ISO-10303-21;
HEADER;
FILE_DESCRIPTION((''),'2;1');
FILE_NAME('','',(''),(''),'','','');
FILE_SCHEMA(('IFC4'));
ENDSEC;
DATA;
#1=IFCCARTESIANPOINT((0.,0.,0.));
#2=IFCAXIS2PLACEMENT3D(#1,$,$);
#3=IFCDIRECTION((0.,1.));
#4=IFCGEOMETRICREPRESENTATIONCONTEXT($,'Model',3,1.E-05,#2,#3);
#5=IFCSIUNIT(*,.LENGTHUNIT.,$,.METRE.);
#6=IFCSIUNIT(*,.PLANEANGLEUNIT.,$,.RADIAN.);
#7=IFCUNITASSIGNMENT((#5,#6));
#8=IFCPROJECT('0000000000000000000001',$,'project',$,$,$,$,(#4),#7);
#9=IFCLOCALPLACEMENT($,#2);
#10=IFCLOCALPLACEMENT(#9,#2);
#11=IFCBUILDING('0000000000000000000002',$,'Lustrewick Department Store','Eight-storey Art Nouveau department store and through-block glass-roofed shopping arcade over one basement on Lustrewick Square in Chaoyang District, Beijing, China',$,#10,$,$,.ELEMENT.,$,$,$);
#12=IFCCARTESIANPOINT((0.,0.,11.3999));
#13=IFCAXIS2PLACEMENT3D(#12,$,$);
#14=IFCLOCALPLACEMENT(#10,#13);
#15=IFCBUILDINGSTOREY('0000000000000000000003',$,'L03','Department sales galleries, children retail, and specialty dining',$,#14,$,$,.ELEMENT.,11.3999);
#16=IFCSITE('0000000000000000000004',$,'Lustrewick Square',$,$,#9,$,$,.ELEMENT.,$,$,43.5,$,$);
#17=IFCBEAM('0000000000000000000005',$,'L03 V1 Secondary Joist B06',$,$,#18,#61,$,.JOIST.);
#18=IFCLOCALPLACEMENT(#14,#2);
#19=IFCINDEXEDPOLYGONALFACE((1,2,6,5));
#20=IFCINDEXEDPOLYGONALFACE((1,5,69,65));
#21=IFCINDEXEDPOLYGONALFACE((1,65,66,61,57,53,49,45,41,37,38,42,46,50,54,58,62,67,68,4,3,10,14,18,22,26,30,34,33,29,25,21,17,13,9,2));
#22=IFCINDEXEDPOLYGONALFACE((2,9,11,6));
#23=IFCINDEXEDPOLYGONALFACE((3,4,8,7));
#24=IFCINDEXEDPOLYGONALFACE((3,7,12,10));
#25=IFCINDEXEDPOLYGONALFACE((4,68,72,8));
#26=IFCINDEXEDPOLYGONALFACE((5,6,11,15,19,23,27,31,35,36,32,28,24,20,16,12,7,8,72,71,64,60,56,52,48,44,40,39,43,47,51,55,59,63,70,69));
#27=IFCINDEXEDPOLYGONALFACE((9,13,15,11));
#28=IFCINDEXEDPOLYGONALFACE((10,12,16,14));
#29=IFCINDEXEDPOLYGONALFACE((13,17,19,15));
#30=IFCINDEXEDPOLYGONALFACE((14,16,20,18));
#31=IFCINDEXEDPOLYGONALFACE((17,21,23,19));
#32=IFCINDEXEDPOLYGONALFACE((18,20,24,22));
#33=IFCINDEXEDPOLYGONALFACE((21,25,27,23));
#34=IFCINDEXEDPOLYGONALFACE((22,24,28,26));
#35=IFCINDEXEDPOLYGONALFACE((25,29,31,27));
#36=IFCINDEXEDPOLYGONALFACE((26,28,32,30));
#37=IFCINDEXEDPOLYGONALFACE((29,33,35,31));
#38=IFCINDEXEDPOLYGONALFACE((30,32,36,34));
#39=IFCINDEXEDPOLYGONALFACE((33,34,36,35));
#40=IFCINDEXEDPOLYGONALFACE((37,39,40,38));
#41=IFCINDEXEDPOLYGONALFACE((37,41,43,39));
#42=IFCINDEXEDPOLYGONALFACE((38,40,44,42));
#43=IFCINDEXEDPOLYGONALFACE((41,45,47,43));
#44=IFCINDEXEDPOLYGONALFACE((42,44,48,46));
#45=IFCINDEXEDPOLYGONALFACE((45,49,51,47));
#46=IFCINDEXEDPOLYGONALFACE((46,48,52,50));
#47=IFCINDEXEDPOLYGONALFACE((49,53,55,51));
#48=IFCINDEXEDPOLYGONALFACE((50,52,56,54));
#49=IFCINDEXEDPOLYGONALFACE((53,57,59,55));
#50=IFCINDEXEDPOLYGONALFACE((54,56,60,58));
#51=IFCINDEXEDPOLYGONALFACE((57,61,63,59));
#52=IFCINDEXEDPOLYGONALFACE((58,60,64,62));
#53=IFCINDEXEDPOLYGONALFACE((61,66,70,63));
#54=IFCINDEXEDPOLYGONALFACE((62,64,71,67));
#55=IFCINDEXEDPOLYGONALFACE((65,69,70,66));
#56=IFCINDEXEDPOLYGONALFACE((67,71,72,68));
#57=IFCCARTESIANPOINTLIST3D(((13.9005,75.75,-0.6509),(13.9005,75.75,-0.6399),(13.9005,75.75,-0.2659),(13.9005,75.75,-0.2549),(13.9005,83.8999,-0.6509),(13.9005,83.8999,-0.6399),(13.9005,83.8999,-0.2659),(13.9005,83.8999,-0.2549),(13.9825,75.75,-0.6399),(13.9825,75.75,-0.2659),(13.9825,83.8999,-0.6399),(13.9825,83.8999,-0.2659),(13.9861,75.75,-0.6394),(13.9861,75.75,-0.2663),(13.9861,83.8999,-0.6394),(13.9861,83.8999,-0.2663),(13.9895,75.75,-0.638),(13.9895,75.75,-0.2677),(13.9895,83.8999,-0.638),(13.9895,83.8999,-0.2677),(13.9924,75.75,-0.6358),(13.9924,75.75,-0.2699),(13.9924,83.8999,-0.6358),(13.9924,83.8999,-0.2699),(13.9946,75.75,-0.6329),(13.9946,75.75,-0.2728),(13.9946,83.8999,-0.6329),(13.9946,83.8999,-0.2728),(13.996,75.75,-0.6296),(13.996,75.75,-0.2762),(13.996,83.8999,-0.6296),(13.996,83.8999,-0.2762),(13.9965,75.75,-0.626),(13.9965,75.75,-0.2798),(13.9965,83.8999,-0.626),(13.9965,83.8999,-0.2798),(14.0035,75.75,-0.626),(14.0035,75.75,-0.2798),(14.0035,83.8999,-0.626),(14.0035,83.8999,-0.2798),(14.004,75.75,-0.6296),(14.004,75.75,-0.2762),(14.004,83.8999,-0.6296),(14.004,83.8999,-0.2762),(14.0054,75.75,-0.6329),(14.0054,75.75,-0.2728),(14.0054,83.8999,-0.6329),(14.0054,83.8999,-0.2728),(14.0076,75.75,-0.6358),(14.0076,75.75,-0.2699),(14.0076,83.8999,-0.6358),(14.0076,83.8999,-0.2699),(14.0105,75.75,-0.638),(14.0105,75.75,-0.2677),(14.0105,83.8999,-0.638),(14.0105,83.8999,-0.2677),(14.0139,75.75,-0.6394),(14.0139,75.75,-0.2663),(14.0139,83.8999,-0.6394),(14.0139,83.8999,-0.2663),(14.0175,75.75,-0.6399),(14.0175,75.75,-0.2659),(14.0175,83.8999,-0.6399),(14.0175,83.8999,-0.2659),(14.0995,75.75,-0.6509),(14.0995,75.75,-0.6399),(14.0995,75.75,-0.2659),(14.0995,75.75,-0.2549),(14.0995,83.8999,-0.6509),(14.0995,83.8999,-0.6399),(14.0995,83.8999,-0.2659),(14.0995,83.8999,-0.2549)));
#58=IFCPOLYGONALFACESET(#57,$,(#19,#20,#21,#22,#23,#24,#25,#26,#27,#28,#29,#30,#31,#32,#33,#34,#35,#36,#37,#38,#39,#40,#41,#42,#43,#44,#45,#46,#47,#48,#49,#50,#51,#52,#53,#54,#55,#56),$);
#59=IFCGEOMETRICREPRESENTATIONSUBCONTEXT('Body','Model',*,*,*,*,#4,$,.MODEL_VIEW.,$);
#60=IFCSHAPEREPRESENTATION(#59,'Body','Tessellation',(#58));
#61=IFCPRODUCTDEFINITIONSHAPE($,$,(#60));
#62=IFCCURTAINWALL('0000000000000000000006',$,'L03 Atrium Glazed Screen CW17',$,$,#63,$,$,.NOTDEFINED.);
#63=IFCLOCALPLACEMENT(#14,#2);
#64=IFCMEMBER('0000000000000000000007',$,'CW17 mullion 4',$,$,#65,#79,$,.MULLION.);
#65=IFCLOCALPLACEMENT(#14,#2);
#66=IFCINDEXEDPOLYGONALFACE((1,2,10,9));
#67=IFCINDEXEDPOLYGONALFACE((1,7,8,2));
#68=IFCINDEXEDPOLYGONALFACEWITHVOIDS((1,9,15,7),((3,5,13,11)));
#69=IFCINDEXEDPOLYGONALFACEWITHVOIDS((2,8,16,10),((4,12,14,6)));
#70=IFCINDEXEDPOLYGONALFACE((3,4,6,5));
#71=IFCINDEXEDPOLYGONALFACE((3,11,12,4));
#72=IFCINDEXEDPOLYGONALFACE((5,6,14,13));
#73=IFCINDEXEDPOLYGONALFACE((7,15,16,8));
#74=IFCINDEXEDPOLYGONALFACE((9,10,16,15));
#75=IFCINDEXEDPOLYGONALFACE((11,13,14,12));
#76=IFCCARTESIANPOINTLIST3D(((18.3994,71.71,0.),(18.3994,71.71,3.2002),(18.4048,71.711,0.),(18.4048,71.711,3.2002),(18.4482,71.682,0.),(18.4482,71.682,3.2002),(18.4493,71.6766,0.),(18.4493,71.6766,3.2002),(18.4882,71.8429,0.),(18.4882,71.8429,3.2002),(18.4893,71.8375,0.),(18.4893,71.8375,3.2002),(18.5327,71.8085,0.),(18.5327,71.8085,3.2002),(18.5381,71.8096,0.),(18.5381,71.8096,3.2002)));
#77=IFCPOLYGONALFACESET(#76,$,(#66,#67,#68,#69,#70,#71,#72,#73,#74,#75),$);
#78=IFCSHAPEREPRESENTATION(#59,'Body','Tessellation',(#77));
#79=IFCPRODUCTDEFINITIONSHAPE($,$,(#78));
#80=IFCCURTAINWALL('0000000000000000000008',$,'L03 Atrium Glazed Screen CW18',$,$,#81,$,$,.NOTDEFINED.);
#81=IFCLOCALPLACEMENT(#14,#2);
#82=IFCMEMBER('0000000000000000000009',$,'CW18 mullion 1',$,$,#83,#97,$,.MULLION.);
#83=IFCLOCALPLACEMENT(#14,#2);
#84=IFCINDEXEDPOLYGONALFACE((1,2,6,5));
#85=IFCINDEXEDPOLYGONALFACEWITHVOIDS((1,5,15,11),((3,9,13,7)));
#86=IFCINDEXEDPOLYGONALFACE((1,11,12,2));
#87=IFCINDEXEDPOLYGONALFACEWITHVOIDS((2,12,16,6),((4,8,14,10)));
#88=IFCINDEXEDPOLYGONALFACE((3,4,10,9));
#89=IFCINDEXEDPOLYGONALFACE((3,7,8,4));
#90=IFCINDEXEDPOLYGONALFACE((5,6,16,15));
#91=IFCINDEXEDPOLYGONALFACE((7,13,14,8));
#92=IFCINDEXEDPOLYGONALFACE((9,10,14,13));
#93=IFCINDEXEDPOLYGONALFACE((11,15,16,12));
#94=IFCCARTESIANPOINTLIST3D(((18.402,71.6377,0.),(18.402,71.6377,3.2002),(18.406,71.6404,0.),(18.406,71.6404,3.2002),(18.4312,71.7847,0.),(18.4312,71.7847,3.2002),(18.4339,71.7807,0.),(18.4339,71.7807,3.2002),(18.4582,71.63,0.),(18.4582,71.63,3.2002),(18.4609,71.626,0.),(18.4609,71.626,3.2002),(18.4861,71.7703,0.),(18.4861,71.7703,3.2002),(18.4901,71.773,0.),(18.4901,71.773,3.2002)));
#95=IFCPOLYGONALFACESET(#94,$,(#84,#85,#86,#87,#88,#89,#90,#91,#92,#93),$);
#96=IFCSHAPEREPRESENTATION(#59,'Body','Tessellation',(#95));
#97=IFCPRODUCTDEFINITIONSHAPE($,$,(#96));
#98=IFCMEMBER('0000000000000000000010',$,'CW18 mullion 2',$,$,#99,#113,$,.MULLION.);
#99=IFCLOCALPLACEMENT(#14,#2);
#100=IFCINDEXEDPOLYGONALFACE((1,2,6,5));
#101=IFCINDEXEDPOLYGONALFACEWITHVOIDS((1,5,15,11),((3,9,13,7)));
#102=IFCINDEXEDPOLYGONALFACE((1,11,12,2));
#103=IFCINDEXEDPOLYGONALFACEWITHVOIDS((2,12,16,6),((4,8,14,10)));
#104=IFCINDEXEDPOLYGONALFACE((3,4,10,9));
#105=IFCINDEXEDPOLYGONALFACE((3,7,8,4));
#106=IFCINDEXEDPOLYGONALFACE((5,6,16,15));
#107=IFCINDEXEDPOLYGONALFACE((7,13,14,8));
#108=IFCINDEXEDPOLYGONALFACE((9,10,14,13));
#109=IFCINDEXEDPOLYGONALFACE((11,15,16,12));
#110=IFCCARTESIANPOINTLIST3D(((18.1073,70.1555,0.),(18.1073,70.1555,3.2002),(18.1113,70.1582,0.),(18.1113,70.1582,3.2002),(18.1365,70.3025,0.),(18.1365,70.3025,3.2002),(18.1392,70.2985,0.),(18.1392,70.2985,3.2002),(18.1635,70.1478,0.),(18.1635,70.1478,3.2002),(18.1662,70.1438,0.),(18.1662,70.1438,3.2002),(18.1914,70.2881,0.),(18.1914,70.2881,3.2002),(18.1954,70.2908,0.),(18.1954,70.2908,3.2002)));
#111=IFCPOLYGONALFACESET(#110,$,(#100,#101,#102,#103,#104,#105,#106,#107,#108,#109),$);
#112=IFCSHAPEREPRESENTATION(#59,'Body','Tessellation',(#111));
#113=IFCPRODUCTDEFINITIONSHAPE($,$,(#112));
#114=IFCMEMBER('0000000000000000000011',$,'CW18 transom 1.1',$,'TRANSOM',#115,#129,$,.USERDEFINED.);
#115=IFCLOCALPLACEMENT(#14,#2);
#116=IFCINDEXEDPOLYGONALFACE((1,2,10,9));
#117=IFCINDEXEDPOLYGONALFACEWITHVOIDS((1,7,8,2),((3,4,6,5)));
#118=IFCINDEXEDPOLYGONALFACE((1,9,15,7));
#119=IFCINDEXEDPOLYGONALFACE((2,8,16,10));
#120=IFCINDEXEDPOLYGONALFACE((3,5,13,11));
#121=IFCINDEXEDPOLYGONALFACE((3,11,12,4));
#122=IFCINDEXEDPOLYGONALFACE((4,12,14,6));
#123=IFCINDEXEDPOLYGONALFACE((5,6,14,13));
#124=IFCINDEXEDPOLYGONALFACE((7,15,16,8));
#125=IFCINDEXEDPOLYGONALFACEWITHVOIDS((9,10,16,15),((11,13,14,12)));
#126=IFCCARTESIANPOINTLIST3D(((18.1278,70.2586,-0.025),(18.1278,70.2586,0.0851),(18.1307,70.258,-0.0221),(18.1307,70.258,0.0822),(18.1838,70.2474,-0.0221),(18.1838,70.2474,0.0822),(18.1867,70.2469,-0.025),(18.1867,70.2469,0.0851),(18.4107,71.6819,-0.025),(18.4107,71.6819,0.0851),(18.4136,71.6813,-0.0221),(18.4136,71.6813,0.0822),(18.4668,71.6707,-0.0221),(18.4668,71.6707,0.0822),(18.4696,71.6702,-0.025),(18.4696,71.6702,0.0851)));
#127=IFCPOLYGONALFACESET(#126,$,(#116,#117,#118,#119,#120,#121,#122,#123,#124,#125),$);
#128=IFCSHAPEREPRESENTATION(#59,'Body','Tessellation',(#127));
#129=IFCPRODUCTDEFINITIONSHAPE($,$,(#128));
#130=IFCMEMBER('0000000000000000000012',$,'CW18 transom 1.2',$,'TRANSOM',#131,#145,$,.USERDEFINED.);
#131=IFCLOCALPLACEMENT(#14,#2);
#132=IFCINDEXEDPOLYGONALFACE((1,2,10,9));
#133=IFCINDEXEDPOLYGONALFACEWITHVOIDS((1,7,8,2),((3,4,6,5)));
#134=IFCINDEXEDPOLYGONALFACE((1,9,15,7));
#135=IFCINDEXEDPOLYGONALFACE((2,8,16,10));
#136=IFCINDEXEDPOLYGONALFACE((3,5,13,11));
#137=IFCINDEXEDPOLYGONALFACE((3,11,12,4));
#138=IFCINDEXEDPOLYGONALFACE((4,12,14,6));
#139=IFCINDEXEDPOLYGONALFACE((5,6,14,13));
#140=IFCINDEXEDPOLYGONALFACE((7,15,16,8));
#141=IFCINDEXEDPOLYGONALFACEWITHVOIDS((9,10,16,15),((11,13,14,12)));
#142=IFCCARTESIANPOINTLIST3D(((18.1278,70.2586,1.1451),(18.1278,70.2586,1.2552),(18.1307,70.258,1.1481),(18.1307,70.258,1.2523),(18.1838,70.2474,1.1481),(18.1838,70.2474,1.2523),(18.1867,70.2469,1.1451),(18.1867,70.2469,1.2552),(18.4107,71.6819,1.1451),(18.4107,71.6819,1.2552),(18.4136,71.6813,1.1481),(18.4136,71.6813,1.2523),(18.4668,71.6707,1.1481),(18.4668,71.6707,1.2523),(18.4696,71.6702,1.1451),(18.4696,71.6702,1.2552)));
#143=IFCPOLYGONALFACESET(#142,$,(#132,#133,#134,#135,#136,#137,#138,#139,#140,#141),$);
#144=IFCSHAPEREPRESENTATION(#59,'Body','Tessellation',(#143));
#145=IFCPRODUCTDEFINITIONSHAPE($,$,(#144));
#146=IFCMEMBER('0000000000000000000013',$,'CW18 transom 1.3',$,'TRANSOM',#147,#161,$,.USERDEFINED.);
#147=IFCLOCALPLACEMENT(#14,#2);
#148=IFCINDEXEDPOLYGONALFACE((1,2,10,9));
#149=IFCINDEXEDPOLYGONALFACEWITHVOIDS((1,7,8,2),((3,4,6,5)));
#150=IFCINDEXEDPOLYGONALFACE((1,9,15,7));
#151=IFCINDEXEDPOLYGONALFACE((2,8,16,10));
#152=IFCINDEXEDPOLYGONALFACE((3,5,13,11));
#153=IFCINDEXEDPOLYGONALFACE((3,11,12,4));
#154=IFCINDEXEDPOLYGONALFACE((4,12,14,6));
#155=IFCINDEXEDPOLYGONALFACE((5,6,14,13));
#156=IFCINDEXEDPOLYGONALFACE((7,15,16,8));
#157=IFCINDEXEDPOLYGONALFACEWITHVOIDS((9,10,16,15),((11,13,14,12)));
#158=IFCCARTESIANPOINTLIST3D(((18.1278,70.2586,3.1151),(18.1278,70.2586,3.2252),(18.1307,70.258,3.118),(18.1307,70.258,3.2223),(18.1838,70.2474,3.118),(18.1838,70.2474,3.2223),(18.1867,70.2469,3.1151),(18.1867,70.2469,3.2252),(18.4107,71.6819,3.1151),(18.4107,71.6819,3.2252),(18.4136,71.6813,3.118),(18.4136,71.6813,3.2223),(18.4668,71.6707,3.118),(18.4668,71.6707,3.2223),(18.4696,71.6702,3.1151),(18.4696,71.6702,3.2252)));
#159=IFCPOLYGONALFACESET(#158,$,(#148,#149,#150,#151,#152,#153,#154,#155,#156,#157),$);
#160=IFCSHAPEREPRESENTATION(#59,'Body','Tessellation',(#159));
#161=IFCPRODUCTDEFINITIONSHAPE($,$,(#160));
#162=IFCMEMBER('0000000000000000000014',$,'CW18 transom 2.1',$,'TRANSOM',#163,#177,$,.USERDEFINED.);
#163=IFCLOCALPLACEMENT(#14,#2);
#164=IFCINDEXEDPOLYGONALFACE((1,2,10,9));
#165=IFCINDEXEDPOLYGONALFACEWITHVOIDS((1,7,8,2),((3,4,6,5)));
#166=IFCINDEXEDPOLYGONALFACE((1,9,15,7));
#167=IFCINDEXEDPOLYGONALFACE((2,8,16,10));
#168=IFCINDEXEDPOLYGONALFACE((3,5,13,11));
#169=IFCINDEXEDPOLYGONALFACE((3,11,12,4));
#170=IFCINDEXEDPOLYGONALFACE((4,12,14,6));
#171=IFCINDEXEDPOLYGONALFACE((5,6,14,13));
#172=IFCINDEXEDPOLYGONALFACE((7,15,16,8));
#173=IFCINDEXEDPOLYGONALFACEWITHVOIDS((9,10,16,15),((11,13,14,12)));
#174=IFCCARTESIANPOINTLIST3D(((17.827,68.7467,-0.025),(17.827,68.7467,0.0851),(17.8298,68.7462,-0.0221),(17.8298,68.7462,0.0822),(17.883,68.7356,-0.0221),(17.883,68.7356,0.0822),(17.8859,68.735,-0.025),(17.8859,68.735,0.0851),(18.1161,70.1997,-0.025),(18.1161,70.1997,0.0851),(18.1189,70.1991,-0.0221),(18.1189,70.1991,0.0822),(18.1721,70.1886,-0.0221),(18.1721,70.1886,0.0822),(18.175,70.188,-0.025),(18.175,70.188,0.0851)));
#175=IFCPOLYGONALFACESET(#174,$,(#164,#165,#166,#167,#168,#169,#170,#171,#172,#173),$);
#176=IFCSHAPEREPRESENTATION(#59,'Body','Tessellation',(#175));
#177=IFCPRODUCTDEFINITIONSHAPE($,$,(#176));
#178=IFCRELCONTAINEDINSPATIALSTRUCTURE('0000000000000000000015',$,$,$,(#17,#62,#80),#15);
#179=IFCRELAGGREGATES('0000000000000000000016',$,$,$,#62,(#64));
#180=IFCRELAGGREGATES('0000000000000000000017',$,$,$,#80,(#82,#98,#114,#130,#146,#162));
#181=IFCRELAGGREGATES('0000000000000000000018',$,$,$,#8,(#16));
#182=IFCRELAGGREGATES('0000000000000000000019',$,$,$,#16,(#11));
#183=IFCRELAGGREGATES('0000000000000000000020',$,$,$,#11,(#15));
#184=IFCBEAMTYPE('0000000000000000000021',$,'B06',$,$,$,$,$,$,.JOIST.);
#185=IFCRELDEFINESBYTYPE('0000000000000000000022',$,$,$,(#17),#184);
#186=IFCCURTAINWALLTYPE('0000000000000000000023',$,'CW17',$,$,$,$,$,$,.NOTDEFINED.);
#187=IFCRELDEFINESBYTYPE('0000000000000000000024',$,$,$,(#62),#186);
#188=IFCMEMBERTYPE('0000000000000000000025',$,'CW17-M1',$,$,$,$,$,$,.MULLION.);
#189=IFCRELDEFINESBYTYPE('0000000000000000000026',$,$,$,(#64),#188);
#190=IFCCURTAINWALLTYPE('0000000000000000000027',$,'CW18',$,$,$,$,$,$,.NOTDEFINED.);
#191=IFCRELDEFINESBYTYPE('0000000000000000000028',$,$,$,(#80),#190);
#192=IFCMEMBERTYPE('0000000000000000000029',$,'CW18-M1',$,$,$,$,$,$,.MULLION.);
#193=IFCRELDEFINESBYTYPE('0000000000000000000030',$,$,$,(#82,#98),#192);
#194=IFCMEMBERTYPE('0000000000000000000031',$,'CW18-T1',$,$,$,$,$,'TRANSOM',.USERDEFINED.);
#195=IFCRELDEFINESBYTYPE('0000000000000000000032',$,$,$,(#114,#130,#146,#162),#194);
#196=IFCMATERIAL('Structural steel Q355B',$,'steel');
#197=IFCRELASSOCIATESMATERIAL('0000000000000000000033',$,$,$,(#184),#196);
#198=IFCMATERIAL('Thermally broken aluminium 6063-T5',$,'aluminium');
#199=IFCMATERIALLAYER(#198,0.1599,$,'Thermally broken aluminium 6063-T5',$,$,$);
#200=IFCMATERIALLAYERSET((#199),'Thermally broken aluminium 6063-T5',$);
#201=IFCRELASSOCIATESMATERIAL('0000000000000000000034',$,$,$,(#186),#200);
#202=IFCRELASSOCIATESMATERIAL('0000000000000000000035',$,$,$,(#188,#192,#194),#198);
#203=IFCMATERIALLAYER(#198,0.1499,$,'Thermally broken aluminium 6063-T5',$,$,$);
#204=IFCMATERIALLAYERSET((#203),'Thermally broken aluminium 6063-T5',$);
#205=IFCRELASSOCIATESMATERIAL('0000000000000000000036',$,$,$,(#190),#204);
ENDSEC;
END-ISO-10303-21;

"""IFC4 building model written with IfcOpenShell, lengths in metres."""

from ifc_helpers import new_model, si_unit, direction, frame, origin, origin_2d, place, context, subcontext, project, spatial, hollow_rectangle, i_section, extrude, material, layer, layer_set, material_profile, profile_set, type_object, element, aggregate, save


model = new_model("IFC4")

# Units and contexts
model_context = context("Model", 3, precision=1e-05, world=origin(), true_north=direction((0.0, 1.0)))
body_context = subcontext(model_context, "Body", "Model", "MODEL_VIEW")
ifc_project = project(units=[si_unit("LENGTHUNIT", "METRE"), si_unit("PLANEANGLEUNIT", "RADIAN")], contexts=[model_context])

# Site, building, storey
site_placement = place(None, origin())
site = spatial("IfcSite", under=ifc_project, at=site_placement, Name="Lustrewick Square", CompositionType="ELEMENT", RefElevation=43.5)
building_placement = place(site_placement, origin())
building = spatial("IfcBuilding", under=site, at=building_placement, Name="Lustrewick Department Store", Description="Eight-storey Art Nouveau department store and through-block glass-roofed shopping arcade over one basement on Lustrewick Square in Chaoyang District, Beijing, China", CompositionType="ELEMENT")
storey_placement = place(building_placement, frame((0.0, 0.0, 11.3999)))
storey = spatial("IfcBuildingStorey", under=building, at=storey_placement, Name="L03", Description="Department sales galleries, children retail, and specialty dining", CompositionType="ELEMENT", Elevation=11.3999)

# Shared definitions
ifc_material_1 = material(Name="Structural steel Q355B", Category="steel")

# Beam
ifc_material_profile_1 = material_profile(ifc_material_1, i_section(OverallWidth=0.199, OverallDepth=0.396, WebThickness=0.0071, FlangeThickness=0.011, FilletRadius=0.0139, at=origin_2d()), Name="HN 396x199x7x11")
ifc_profile_set_1 = profile_set([ifc_material_profile_1], Name="Structural steel Q355B")
beam_type_1 = type_object("IfcBeamType", Name="B06", PredefinedType="JOIST", material=ifc_profile_set_1)
beam_1_placement = place(storey_placement, frame((14.0, 75.75, -0.4529), z_axis=(0.0, 1.0, 0.0), x_axis=(-1.0, 0.0, 0.0)))
element("IfcBeam", 1, at=beam_1_placement, inside=storey, type_object=beam_type_1, Name="L03 V1 Secondary Joist B06", PredefinedType="JOIST", context=body_context, shape_type="SweptSolid", body=[
    extrude(i_section(OverallWidth=0.199, OverallDepth=0.396, WebThickness=0.0071, FlangeThickness=0.011, FilletRadius=0.0139, at=origin_2d()), origin(), (0.0, 0.0, 1.0), 8.1499),
])

# Curtain wall, member
ifc_material_2 = material(Name="Thermally broken aluminium 6063-T5", Category="aluminium")
ifc_layer_1 = layer(ifc_material_2, 0.1599, Name="Thermally broken aluminium 6063-T5")
ifc_layer_set_1 = layer_set([ifc_layer_1], Name="Thermally broken aluminium 6063-T5")
curtain_wall_type_1 = type_object("IfcCurtainWallType", Name="CW17", PredefinedType="NOTDEFINED", material=ifc_layer_set_1)
curtain_wall_1_placement = place(storey_placement, origin())
curtain_wall_1 = element("IfcCurtainWall", 2, at=curtain_wall_1_placement, inside=storey, type_object=curtain_wall_type_1, Name="L03 Atrium Glazed Screen CW17", PredefinedType="NOTDEFINED")
ifc_material_profile_2 = material_profile(ifc_material_2, hollow_rectangle(XDim=0.0601, YDim=0.1599, WallThickness=0.0039, at=origin_2d()), Name="ALU-M 60x160x4")
ifc_profile_set_2 = profile_set([ifc_material_profile_2], Name="Thermally broken aluminium 6063-T5")
member_type_1 = type_object("IfcMemberType", Name="CW17-M1", PredefinedType="MULLION", material=ifc_profile_set_2)
member_1_placement = place(storey_placement, frame((18.4688, 71.7598, 0.0), z_axis=(0.0, 0.0, 1.0), x_axis=(0.831464, -0.555578, 0.0)))
member_1 = element("IfcMember", 3, at=member_1_placement, type_object=member_type_1, Name="CW17 mullion 4", PredefinedType="MULLION", context=body_context, shape_type="SweptSolid", body=[
    extrude(hollow_rectangle(XDim=0.0601, YDim=0.1599, WallThickness=0.0039, at=origin_2d()), origin(), (0.0, 0.0, 1.0), 3.2002),
])

# Curtain wall, members
ifc_layer_2 = layer(ifc_material_2, 0.1499, Name="Thermally broken aluminium 6063-T5")
ifc_layer_set_2 = layer_set([ifc_layer_2], Name="Thermally broken aluminium 6063-T5")
curtain_wall_type_2 = type_object("IfcCurtainWallType", Name="CW18", PredefinedType="NOTDEFINED", material=ifc_layer_set_2)
curtain_wall_2_placement = place(storey_placement, origin())
curtain_wall_2 = element("IfcCurtainWall", 4, at=curtain_wall_2_placement, inside=storey, type_object=curtain_wall_type_2, Name="L03 Atrium Glazed Screen CW18", PredefinedType="NOTDEFINED")
ifc_material_profile_3 = material_profile(ifc_material_2, hollow_rectangle(XDim=0.0601, YDim=0.1499, WallThickness=0.0034, at=origin_2d()), Name="ALU-M 60x150x3.5")
ifc_profile_set_3 = profile_set([ifc_material_profile_3], Name="Thermally broken aluminium 6063-T5")
member_type_2 = type_object("IfcMemberType", Name="CW18-M1", PredefinedType="MULLION", material=ifc_profile_set_3)
member_2_placement = place(storey_placement, frame((18.446, 71.7053, 0.0), z_axis=(0.0, 0.0, 1.0), x_axis=(0.980786, -0.195085, 0.0)))
member_2 = element("IfcMember", 5, at=member_2_placement, type_object=member_type_2, Name="CW18 mullion 1", PredefinedType="MULLION", context=body_context, shape_type="SweptSolid", body=[
    extrude(hollow_rectangle(XDim=0.0601, YDim=0.1499, WallThickness=0.0034, at=origin_2d()), origin(), (0.0, 0.0, 1.0), 3.2002),
])
member_3_placement = place(storey_placement, frame((18.1514, 70.2231, 0.0), z_axis=(0.0, 0.0, 1.0), x_axis=(0.980786, -0.195085, 0.0)))
member_3 = element("IfcMember", 6, at=member_3_placement, type_object=member_type_2, Name="CW18 mullion 2", PredefinedType="MULLION", context=body_context, shape_type="SweptSolid", body=[
    extrude(hollow_rectangle(XDim=0.0601, YDim=0.1499, WallThickness=0.0034, at=origin_2d()), origin(), (0.0, 0.0, 1.0), 3.2002),
])
ifc_material_profile_4 = material_profile(ifc_material_2, hollow_rectangle(XDim=0.0601, YDim=0.1101, WallThickness=0.0029, at=origin_2d()), Name="ALU-T 60x110x3")
ifc_profile_set_4 = profile_set([ifc_material_profile_4], Name="Thermally broken aluminium 6063-T5")
member_type_3 = type_object("IfcMemberType", Name="CW18-T1", ElementType="TRANSOM", PredefinedType="USERDEFINED", material=ifc_profile_set_4)
member_4_placement = place(storey_placement, frame((18.4402, 71.676, 0.03), z_axis=(-0.194984, -0.980806, 0.0), x_axis=(0.980806, -0.194984, 0.0)))
member_4 = element("IfcMember", 7, at=member_4_placement, type_object=member_type_3, Name="CW18 transom 1.1", ObjectType="TRANSOM", PredefinedType="USERDEFINED", context=body_context, shape_type="SweptSolid", body=[
    extrude(hollow_rectangle(XDim=0.0601, YDim=0.1101, WallThickness=0.0029, at=origin_2d()), origin(), (0.0, 0.0, 1.0), 1.4512),
])
member_5_placement = place(storey_placement, frame((18.4402, 71.676, 1.2002), z_axis=(-0.194984, -0.980806, 0.0), x_axis=(0.980806, -0.194984, 0.0)))
member_5 = element("IfcMember", 8, at=member_5_placement, type_object=member_type_3, Name="CW18 transom 1.2", ObjectType="TRANSOM", PredefinedType="USERDEFINED", context=body_context, shape_type="SweptSolid", body=[
    extrude(hollow_rectangle(XDim=0.0601, YDim=0.1101, WallThickness=0.0029, at=origin_2d()), origin(), (0.0, 0.0, 1.0), 1.4512),
])
member_6_placement = place(storey_placement, frame((18.4402, 71.676, 3.1702), z_axis=(-0.194984, -0.980806, 0.0), x_axis=(0.980806, -0.194984, 0.0)))
member_6 = element("IfcMember", 9, at=member_6_placement, type_object=member_type_3, Name="CW18 transom 1.3", ObjectType="TRANSOM", PredefinedType="USERDEFINED", context=body_context, shape_type="SweptSolid", body=[
    extrude(hollow_rectangle(XDim=0.0601, YDim=0.1101, WallThickness=0.0029, at=origin_2d()), origin(), (0.0, 0.0, 1.0), 1.4512),
])
member_7_placement = place(storey_placement, frame((18.1455, 70.1938, 0.03), z_axis=(-0.195134, -0.980777, 0.0), x_axis=(0.980777, -0.195134, 0.0)))
member_7 = element("IfcMember", 10, at=member_7_placement, type_object=member_type_3, Name="CW18 transom 2.1", ObjectType="TRANSOM", PredefinedType="USERDEFINED", context=body_context, shape_type="SweptSolid", body=[
    extrude(hollow_rectangle(XDim=0.0601, YDim=0.1101, WallThickness=0.0029, at=origin_2d()), origin(), (0.0, 0.0, 1.0), 1.4814),
])

aggregate(curtain_wall_1, [member_1])
aggregate(curtain_wall_2, [member_2, member_3, member_4, member_5, member_6, member_7])

save(model, "model.ifc")
